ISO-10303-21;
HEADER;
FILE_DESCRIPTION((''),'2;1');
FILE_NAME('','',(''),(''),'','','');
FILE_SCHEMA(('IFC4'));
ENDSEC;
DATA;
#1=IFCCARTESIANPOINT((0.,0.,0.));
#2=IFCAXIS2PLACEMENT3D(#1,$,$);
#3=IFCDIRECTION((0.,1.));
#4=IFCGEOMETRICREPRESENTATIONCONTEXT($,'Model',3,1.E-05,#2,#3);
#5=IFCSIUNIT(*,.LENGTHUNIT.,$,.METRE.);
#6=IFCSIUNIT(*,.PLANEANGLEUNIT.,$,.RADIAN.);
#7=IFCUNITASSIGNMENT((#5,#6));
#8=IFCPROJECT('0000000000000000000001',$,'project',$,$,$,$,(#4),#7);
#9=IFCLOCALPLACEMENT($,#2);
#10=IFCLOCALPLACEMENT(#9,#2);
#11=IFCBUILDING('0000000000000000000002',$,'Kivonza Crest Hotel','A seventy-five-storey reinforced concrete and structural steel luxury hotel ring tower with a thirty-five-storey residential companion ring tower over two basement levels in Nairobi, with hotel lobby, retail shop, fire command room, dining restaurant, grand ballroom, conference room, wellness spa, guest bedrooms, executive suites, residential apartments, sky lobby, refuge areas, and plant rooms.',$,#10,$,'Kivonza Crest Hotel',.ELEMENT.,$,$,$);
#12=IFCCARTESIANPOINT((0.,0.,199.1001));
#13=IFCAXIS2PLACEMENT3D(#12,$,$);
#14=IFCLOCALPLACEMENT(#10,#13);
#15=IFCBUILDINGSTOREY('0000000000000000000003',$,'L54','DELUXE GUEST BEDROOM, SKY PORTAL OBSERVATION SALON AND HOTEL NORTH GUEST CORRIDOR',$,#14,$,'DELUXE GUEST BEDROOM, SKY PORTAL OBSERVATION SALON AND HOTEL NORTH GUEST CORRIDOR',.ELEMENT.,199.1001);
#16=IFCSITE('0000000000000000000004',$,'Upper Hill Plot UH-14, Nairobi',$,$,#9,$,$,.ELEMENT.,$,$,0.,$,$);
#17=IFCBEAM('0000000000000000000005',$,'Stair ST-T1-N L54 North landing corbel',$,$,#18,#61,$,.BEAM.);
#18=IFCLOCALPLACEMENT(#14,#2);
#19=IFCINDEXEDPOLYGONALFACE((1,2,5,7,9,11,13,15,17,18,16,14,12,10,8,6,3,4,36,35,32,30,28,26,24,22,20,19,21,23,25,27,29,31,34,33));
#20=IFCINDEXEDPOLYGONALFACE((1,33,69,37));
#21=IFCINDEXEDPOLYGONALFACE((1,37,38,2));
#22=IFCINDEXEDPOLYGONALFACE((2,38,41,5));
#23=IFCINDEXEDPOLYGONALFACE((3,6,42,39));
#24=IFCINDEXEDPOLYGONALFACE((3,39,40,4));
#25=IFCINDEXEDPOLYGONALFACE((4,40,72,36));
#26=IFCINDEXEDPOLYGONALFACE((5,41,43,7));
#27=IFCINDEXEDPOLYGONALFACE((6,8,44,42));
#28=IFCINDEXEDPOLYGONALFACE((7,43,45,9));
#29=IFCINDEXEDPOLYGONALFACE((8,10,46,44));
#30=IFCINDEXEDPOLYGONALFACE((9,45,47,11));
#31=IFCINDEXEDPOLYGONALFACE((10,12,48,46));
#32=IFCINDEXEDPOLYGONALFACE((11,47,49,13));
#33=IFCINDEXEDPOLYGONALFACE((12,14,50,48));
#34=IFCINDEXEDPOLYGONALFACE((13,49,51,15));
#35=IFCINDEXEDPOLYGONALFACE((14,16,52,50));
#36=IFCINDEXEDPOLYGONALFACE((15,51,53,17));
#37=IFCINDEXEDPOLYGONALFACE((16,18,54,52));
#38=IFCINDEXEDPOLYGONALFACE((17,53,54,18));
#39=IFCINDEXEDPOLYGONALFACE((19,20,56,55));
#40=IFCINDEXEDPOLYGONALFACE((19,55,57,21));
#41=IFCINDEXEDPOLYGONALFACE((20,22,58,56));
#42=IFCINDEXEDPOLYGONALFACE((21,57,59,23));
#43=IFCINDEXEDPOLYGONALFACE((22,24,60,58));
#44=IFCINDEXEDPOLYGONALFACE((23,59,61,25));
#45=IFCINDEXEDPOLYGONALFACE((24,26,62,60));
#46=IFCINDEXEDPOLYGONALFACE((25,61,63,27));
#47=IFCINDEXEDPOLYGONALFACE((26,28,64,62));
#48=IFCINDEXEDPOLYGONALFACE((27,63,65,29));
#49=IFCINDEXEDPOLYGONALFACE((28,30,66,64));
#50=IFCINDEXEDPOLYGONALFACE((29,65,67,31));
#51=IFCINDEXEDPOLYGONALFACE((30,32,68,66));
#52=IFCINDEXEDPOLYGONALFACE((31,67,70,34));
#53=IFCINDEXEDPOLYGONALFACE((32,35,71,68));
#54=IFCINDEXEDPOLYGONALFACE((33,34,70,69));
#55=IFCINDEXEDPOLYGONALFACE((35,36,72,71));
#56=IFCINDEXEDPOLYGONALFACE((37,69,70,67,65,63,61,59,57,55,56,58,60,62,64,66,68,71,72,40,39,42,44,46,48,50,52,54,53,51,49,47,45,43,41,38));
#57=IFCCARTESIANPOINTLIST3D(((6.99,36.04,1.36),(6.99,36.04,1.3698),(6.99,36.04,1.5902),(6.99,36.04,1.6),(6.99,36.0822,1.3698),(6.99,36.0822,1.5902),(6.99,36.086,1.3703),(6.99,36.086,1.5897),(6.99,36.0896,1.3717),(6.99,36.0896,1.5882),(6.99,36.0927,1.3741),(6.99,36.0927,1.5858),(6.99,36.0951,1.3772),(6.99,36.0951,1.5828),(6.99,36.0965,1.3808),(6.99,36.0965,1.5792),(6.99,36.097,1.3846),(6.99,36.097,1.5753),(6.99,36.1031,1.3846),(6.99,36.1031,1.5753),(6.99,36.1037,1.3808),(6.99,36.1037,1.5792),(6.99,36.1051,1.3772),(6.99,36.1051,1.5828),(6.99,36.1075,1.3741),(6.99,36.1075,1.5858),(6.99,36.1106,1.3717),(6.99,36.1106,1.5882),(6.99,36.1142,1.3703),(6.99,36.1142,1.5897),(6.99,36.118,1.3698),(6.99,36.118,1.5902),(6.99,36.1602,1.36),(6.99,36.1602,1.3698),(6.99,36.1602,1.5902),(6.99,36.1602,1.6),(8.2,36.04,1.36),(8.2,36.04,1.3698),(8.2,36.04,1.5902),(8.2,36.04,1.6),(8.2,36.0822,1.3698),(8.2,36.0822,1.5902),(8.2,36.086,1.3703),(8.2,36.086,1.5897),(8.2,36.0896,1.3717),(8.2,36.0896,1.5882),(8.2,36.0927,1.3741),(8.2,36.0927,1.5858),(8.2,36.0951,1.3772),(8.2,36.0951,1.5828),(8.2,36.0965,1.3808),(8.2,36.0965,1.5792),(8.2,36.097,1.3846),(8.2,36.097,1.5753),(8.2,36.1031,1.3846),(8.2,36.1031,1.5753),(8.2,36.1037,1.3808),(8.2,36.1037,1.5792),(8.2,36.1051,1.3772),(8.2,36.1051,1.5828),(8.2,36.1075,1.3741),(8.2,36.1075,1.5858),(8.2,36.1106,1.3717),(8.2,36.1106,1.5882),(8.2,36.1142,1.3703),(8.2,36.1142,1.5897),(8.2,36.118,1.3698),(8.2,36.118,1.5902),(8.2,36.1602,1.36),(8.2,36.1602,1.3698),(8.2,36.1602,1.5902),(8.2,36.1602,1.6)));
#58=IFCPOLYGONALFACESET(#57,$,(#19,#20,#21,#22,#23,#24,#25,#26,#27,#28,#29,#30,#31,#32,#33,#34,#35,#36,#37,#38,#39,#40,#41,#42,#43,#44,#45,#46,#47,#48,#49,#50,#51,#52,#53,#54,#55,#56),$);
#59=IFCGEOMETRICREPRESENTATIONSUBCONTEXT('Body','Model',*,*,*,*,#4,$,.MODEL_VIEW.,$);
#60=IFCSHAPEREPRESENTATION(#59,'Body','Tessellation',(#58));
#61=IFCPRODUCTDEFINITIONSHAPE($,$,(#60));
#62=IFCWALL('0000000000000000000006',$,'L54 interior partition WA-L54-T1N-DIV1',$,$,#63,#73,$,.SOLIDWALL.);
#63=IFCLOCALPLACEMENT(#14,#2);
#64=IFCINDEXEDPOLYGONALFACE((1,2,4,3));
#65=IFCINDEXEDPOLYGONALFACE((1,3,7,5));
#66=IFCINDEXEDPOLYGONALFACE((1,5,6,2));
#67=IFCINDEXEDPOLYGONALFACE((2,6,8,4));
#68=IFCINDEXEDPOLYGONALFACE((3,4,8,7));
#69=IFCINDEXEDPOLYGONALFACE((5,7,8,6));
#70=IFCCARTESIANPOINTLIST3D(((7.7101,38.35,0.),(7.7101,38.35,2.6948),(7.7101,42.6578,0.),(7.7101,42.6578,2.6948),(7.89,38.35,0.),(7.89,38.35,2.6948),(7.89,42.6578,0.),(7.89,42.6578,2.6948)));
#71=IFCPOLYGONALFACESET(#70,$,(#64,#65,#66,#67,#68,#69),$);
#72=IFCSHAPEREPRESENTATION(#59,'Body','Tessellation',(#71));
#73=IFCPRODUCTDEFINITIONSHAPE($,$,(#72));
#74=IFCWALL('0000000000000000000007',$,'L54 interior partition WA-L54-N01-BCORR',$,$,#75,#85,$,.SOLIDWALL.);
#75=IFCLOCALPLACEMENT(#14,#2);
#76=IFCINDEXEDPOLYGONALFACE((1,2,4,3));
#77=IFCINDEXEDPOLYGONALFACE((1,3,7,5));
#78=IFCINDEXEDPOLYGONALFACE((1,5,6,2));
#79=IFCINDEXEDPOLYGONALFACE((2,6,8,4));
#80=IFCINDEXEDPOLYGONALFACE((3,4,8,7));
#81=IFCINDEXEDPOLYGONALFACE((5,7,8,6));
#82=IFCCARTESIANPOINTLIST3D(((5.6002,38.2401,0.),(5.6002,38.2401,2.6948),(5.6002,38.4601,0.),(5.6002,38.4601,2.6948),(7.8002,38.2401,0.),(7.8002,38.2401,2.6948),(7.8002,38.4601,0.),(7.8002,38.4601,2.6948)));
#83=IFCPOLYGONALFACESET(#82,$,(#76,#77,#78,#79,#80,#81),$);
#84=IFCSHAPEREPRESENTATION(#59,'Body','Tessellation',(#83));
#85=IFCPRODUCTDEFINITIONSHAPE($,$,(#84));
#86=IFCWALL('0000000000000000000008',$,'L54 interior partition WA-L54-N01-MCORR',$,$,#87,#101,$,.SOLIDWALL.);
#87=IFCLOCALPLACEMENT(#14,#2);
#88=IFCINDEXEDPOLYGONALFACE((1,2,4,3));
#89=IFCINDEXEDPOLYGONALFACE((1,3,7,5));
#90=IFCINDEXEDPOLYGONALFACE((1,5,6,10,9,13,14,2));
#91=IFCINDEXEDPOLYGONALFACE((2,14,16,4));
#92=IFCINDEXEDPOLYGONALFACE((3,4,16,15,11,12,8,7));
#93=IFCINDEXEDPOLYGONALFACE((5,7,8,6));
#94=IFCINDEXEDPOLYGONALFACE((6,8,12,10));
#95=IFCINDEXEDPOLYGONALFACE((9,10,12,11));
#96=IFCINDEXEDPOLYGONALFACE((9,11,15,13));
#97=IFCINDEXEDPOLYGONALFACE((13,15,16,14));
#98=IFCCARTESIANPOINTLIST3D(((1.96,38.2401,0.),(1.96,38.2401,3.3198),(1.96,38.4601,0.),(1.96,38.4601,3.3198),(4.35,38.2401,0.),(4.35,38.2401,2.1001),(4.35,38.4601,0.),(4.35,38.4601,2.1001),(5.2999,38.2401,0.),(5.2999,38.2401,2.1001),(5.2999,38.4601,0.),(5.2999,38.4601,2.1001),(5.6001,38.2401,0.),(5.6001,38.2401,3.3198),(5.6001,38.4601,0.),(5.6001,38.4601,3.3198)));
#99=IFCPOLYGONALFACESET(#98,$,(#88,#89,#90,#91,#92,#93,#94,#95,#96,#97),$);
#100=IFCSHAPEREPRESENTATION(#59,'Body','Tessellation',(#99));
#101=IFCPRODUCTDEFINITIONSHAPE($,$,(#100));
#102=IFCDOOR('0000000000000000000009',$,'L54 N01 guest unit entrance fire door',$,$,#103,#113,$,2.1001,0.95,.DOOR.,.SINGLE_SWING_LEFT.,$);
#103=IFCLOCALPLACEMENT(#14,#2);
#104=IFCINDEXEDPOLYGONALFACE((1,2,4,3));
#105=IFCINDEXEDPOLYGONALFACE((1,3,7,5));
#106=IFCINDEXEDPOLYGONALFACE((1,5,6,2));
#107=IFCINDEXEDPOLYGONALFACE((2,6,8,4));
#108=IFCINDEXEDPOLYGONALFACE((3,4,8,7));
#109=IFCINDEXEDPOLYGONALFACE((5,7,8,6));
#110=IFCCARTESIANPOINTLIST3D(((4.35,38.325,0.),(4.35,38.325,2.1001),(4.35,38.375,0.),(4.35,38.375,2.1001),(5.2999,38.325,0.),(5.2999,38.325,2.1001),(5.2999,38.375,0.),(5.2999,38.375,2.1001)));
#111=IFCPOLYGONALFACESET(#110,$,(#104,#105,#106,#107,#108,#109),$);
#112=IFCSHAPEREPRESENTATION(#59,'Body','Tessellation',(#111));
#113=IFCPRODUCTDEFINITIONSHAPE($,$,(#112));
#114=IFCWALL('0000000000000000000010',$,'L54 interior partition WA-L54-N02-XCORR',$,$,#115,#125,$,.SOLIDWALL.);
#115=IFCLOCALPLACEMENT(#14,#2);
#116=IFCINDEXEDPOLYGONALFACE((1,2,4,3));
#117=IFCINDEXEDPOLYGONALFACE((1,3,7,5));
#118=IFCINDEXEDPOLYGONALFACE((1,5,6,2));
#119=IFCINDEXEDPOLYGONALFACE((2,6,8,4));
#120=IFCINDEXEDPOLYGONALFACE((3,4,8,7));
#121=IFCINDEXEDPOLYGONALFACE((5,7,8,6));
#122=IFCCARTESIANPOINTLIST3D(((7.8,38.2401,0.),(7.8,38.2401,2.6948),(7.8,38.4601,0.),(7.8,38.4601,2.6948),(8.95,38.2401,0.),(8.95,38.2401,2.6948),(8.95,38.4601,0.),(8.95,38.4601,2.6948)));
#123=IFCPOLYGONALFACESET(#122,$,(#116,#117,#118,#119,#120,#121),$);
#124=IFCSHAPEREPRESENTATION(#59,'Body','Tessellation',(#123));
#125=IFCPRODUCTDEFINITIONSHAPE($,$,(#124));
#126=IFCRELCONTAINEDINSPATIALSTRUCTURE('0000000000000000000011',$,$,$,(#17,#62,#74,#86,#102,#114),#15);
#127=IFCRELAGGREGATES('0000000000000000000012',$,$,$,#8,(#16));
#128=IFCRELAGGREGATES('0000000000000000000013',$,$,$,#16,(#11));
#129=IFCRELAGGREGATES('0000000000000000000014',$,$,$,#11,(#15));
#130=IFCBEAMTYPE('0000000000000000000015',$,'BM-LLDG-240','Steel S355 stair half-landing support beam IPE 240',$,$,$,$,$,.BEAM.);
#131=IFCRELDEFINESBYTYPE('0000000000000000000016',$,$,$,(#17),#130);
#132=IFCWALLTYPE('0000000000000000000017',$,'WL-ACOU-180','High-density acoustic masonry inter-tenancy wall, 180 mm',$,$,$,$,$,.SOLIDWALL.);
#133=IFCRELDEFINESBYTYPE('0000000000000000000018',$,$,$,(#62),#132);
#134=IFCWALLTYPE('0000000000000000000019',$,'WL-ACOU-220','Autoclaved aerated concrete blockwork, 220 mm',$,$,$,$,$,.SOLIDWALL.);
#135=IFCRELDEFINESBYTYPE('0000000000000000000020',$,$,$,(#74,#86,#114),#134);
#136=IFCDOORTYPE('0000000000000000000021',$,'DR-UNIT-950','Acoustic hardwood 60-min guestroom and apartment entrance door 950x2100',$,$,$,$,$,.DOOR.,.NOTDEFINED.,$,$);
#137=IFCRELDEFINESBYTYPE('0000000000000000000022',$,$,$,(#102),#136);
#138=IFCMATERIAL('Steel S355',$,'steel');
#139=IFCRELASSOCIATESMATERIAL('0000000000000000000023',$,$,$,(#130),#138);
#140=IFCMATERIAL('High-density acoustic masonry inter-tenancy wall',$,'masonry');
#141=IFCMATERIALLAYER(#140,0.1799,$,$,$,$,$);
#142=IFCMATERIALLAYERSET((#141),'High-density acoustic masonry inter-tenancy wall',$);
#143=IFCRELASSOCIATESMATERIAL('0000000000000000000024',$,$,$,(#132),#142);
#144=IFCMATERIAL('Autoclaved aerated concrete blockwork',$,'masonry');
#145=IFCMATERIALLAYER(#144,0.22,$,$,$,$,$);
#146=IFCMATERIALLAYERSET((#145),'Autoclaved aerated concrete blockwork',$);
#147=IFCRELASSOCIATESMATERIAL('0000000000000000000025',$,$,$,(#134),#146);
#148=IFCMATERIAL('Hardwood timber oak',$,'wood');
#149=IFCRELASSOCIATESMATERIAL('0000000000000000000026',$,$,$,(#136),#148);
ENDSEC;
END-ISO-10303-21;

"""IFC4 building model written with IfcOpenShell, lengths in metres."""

from ifc_helpers import new_model, si_unit, direction, frame, frame_2d, origin, origin_2d, place, context, subcontext, project, spatial, rectangle, i_section, extrude, material, layer, layer_set, material_profile, profile_set, type_object, element, fill, save


model = new_model("IFC4")

# Units and contexts
model_context = context("Model", 3, precision=1e-05, world=origin(), true_north=direction((0.0, 1.0)))
body_context = subcontext(model_context, "Body", "Model", "MODEL_VIEW")
ifc_project = project(units=[si_unit("LENGTHUNIT", "METRE"), si_unit("PLANEANGLEUNIT", "RADIAN")], contexts=[model_context])

# Site, building, storey
site_placement = place(None, origin())
site = spatial("IfcSite", under=ifc_project, at=site_placement, Name="Upper Hill Plot UH-14, Nairobi", CompositionType="ELEMENT", RefElevation=0.0)
building_placement = place(site_placement, origin())
building = spatial("IfcBuilding", under=site, at=building_placement, Name="Kivonza Crest Hotel", Description="A seventy-five-storey reinforced concrete and structural steel luxury hotel ring tower with a thirty-five-storey residential companion ring tower over two basement levels in Nairobi, with hotel lobby, retail shop, fire command room, dining restaurant, grand ballroom, conference room, wellness spa, guest bedrooms, executive suites, residential apartments, sky lobby, refuge areas, and plant rooms.", LongName="Kivonza Crest Hotel", CompositionType="ELEMENT")
storey_placement = place(building_placement, frame((0.0, 0.0, 199.1001)))
storey = spatial("IfcBuildingStorey", under=building, at=storey_placement, Name="L54", Description="DELUXE GUEST BEDROOM, SKY PORTAL OBSERVATION SALON AND HOTEL NORTH GUEST CORRIDOR", LongName="DELUXE GUEST BEDROOM, SKY PORTAL OBSERVATION SALON AND HOTEL NORTH GUEST CORRIDOR", CompositionType="ELEMENT", Elevation=199.1001)

# Shared definitions
ifc_material_1 = material(Name="Steel S355", Category="steel")

# Beam
ifc_material_profile_1 = material_profile(ifc_material_1, i_section(OverallWidth=0.1201, OverallDepth=0.24, WebThickness=0.0061, FlangeThickness=0.0098, FilletRadius=0.0149, at=origin_2d()), Name="IPE 240")
ifc_profile_set_1 = profile_set([ifc_material_profile_1], Name="Steel S355")
beam_type_1 = type_object("IfcBeamType", Name="BM-LLDG-240", Description="Steel S355 stair half-landing support beam IPE 240", PredefinedType="BEAM", material=ifc_profile_set_1)
beam_1_placement = place(storey_placement, frame((6.99, 36.1001, 1.48), z_axis=(1.0, 0.0, 0.0), x_axis=(0.0, 1.0, 0.0)))
element("IfcBeam", 1, at=beam_1_placement, inside=storey, type_object=beam_type_1, Name="Stair ST-T1-N L54 North landing corbel", PredefinedType="BEAM", context=body_context, shape_type="SweptSolid", body=[
    extrude(i_section(OverallWidth=0.1201, OverallDepth=0.24, WebThickness=0.0061, FlangeThickness=0.0098, FilletRadius=0.0149, at=origin_2d()), origin(), (0.0, 0.0, 1.0), 1.21),
])

# Walls
ifc_material_2 = material(Name="High-density acoustic masonry inter-tenancy wall", Category="masonry")
ifc_layer_1 = layer(ifc_material_2, 0.1799)
ifc_layer_set_1 = layer_set([ifc_layer_1], Name="High-density acoustic masonry inter-tenancy wall")
wall_type_1 = type_object("IfcWallType", Name="WL-ACOU-180", Description="High-density acoustic masonry inter-tenancy wall, 180 mm", PredefinedType="SOLIDWALL", material=ifc_layer_set_1)
wall_1_placement = place(storey_placement, frame((7.8, 38.3501, 0.0), z_axis=(0.0, 0.0, 1.0), x_axis=(0.0, 1.0, 0.0)))
element("IfcWall", 2, at=wall_1_placement, inside=storey, type_object=wall_type_1, Name="L54 interior partition WA-L54-T1N-DIV1", PredefinedType="SOLIDWALL", context=body_context, shape_type="SweptSolid", body=[
    extrude(rectangle(XDim=4.3079, YDim=0.1799, at=frame_2d((2.1538, 0.0))), origin(), (0.0, 0.0, 1.0), 2.6948),
])
ifc_material_3 = material(Name="Autoclaved aerated concrete blockwork", Category="masonry")
ifc_layer_2 = layer(ifc_material_3, 0.22)
ifc_layer_set_2 = layer_set([ifc_layer_2], Name="Autoclaved aerated concrete blockwork")
wall_type_2 = type_object("IfcWallType", Name="WL-ACOU-220", Description="Autoclaved aerated concrete blockwork, 220 mm", PredefinedType="SOLIDWALL", material=ifc_layer_set_2)
wall_2_placement = place(storey_placement, frame((5.6001, 38.3501, 0.0), z_axis=(0.0, 0.0, 1.0), x_axis=(1.0, 0.0, 0.0)))
element("IfcWall", 3, at=wall_2_placement, inside=storey, type_object=wall_type_2, Name="L54 interior partition WA-L54-N01-BCORR", PredefinedType="SOLIDWALL", context=body_context, shape_type="SweptSolid", body=[
    extrude(rectangle(XDim=2.2, YDim=0.22, at=frame_2d((1.1001, 0.0))), origin(), (0.0, 0.0, 1.0), 2.6948),
])

# Wall, opening, door
wall_3_placement = place(storey_placement, frame((1.96, 38.3501, 0.0), z_axis=(0.0, 0.0, 1.0), x_axis=(1.0, 0.0, 0.0)))
wall_3 = element("IfcWall", 4, at=wall_3_placement, inside=storey, type_object=wall_type_2, Name="L54 interior partition WA-L54-N01-MCORR", PredefinedType="SOLIDWALL", context=body_context, shape_type="SweptSolid", body=[
    extrude(rectangle(XDim=3.6401, YDim=0.22, at=frame_2d((1.8201, 0.0))), origin(), (0.0, 0.0, 1.0), 3.3198),
])
opening_1_placement = place(wall_3_placement, frame((2.3899, 0.0, 0.0)))
opening_1 = element("IfcOpeningElement", 5, at=opening_1_placement, cuts=wall_3, PredefinedType="OPENING", context=body_context, shape_type="SweptSolid", body=[
    extrude(rectangle(XDim=0.95, YDim=2.1001, at=frame_2d((0.4751, 1.05))), frame((0.0, 0.1201, 0.0), z_axis=(0.0, -1.0, 0.0), x_axis=(1.0, 0.0, 0.0)), (0.0, 0.0, 1.0), 0.24),
])
ifc_material_4 = material(Name="Hardwood timber oak", Category="wood")
door_type_1 = type_object("IfcDoorType", Name="DR-UNIT-950", Description="Acoustic hardwood 60-min guestroom and apartment entrance door 950x2100", OperationType="NOTDEFINED", PredefinedType="DOOR", material=ifc_material_4)
door_1_placement = place(opening_1_placement, origin())
door_1 = element("IfcDoor", 6, at=door_1_placement, inside=storey, type_object=door_type_1, Name="L54 N01 guest unit entrance fire door", OperationType="SINGLE_SWING_LEFT", OverallHeight=2.1001, OverallWidth=0.95, PredefinedType="DOOR", context=body_context, shape_type="SweptSolid", body=[
    extrude(rectangle(XDim=0.95, YDim=2.1001, at=frame_2d((0.4751, 1.05))), frame((0.0, 0.0249, 0.0), z_axis=(0.0, -1.0, 0.0), x_axis=(1.0, 0.0, 0.0)), (0.0, 0.0, 1.0), 0.05),
])
fill(opening_1, door_1)

# Wall
wall_4_placement = place(storey_placement, frame((7.8, 38.3501, 0.0), z_axis=(0.0, 0.0, 1.0), x_axis=(1.0, 0.0, 0.0)))
element("IfcWall", 7, at=wall_4_placement, inside=storey, type_object=wall_type_2, Name="L54 interior partition WA-L54-N02-XCORR", PredefinedType="SOLIDWALL", context=body_context, shape_type="SweptSolid", body=[
    extrude(rectangle(XDim=1.1499, YDim=0.22, at=frame_2d((0.575, 0.0))), origin(), (0.0, 0.0, 1.0), 2.6948),
])

save(model, "model.ifc")
